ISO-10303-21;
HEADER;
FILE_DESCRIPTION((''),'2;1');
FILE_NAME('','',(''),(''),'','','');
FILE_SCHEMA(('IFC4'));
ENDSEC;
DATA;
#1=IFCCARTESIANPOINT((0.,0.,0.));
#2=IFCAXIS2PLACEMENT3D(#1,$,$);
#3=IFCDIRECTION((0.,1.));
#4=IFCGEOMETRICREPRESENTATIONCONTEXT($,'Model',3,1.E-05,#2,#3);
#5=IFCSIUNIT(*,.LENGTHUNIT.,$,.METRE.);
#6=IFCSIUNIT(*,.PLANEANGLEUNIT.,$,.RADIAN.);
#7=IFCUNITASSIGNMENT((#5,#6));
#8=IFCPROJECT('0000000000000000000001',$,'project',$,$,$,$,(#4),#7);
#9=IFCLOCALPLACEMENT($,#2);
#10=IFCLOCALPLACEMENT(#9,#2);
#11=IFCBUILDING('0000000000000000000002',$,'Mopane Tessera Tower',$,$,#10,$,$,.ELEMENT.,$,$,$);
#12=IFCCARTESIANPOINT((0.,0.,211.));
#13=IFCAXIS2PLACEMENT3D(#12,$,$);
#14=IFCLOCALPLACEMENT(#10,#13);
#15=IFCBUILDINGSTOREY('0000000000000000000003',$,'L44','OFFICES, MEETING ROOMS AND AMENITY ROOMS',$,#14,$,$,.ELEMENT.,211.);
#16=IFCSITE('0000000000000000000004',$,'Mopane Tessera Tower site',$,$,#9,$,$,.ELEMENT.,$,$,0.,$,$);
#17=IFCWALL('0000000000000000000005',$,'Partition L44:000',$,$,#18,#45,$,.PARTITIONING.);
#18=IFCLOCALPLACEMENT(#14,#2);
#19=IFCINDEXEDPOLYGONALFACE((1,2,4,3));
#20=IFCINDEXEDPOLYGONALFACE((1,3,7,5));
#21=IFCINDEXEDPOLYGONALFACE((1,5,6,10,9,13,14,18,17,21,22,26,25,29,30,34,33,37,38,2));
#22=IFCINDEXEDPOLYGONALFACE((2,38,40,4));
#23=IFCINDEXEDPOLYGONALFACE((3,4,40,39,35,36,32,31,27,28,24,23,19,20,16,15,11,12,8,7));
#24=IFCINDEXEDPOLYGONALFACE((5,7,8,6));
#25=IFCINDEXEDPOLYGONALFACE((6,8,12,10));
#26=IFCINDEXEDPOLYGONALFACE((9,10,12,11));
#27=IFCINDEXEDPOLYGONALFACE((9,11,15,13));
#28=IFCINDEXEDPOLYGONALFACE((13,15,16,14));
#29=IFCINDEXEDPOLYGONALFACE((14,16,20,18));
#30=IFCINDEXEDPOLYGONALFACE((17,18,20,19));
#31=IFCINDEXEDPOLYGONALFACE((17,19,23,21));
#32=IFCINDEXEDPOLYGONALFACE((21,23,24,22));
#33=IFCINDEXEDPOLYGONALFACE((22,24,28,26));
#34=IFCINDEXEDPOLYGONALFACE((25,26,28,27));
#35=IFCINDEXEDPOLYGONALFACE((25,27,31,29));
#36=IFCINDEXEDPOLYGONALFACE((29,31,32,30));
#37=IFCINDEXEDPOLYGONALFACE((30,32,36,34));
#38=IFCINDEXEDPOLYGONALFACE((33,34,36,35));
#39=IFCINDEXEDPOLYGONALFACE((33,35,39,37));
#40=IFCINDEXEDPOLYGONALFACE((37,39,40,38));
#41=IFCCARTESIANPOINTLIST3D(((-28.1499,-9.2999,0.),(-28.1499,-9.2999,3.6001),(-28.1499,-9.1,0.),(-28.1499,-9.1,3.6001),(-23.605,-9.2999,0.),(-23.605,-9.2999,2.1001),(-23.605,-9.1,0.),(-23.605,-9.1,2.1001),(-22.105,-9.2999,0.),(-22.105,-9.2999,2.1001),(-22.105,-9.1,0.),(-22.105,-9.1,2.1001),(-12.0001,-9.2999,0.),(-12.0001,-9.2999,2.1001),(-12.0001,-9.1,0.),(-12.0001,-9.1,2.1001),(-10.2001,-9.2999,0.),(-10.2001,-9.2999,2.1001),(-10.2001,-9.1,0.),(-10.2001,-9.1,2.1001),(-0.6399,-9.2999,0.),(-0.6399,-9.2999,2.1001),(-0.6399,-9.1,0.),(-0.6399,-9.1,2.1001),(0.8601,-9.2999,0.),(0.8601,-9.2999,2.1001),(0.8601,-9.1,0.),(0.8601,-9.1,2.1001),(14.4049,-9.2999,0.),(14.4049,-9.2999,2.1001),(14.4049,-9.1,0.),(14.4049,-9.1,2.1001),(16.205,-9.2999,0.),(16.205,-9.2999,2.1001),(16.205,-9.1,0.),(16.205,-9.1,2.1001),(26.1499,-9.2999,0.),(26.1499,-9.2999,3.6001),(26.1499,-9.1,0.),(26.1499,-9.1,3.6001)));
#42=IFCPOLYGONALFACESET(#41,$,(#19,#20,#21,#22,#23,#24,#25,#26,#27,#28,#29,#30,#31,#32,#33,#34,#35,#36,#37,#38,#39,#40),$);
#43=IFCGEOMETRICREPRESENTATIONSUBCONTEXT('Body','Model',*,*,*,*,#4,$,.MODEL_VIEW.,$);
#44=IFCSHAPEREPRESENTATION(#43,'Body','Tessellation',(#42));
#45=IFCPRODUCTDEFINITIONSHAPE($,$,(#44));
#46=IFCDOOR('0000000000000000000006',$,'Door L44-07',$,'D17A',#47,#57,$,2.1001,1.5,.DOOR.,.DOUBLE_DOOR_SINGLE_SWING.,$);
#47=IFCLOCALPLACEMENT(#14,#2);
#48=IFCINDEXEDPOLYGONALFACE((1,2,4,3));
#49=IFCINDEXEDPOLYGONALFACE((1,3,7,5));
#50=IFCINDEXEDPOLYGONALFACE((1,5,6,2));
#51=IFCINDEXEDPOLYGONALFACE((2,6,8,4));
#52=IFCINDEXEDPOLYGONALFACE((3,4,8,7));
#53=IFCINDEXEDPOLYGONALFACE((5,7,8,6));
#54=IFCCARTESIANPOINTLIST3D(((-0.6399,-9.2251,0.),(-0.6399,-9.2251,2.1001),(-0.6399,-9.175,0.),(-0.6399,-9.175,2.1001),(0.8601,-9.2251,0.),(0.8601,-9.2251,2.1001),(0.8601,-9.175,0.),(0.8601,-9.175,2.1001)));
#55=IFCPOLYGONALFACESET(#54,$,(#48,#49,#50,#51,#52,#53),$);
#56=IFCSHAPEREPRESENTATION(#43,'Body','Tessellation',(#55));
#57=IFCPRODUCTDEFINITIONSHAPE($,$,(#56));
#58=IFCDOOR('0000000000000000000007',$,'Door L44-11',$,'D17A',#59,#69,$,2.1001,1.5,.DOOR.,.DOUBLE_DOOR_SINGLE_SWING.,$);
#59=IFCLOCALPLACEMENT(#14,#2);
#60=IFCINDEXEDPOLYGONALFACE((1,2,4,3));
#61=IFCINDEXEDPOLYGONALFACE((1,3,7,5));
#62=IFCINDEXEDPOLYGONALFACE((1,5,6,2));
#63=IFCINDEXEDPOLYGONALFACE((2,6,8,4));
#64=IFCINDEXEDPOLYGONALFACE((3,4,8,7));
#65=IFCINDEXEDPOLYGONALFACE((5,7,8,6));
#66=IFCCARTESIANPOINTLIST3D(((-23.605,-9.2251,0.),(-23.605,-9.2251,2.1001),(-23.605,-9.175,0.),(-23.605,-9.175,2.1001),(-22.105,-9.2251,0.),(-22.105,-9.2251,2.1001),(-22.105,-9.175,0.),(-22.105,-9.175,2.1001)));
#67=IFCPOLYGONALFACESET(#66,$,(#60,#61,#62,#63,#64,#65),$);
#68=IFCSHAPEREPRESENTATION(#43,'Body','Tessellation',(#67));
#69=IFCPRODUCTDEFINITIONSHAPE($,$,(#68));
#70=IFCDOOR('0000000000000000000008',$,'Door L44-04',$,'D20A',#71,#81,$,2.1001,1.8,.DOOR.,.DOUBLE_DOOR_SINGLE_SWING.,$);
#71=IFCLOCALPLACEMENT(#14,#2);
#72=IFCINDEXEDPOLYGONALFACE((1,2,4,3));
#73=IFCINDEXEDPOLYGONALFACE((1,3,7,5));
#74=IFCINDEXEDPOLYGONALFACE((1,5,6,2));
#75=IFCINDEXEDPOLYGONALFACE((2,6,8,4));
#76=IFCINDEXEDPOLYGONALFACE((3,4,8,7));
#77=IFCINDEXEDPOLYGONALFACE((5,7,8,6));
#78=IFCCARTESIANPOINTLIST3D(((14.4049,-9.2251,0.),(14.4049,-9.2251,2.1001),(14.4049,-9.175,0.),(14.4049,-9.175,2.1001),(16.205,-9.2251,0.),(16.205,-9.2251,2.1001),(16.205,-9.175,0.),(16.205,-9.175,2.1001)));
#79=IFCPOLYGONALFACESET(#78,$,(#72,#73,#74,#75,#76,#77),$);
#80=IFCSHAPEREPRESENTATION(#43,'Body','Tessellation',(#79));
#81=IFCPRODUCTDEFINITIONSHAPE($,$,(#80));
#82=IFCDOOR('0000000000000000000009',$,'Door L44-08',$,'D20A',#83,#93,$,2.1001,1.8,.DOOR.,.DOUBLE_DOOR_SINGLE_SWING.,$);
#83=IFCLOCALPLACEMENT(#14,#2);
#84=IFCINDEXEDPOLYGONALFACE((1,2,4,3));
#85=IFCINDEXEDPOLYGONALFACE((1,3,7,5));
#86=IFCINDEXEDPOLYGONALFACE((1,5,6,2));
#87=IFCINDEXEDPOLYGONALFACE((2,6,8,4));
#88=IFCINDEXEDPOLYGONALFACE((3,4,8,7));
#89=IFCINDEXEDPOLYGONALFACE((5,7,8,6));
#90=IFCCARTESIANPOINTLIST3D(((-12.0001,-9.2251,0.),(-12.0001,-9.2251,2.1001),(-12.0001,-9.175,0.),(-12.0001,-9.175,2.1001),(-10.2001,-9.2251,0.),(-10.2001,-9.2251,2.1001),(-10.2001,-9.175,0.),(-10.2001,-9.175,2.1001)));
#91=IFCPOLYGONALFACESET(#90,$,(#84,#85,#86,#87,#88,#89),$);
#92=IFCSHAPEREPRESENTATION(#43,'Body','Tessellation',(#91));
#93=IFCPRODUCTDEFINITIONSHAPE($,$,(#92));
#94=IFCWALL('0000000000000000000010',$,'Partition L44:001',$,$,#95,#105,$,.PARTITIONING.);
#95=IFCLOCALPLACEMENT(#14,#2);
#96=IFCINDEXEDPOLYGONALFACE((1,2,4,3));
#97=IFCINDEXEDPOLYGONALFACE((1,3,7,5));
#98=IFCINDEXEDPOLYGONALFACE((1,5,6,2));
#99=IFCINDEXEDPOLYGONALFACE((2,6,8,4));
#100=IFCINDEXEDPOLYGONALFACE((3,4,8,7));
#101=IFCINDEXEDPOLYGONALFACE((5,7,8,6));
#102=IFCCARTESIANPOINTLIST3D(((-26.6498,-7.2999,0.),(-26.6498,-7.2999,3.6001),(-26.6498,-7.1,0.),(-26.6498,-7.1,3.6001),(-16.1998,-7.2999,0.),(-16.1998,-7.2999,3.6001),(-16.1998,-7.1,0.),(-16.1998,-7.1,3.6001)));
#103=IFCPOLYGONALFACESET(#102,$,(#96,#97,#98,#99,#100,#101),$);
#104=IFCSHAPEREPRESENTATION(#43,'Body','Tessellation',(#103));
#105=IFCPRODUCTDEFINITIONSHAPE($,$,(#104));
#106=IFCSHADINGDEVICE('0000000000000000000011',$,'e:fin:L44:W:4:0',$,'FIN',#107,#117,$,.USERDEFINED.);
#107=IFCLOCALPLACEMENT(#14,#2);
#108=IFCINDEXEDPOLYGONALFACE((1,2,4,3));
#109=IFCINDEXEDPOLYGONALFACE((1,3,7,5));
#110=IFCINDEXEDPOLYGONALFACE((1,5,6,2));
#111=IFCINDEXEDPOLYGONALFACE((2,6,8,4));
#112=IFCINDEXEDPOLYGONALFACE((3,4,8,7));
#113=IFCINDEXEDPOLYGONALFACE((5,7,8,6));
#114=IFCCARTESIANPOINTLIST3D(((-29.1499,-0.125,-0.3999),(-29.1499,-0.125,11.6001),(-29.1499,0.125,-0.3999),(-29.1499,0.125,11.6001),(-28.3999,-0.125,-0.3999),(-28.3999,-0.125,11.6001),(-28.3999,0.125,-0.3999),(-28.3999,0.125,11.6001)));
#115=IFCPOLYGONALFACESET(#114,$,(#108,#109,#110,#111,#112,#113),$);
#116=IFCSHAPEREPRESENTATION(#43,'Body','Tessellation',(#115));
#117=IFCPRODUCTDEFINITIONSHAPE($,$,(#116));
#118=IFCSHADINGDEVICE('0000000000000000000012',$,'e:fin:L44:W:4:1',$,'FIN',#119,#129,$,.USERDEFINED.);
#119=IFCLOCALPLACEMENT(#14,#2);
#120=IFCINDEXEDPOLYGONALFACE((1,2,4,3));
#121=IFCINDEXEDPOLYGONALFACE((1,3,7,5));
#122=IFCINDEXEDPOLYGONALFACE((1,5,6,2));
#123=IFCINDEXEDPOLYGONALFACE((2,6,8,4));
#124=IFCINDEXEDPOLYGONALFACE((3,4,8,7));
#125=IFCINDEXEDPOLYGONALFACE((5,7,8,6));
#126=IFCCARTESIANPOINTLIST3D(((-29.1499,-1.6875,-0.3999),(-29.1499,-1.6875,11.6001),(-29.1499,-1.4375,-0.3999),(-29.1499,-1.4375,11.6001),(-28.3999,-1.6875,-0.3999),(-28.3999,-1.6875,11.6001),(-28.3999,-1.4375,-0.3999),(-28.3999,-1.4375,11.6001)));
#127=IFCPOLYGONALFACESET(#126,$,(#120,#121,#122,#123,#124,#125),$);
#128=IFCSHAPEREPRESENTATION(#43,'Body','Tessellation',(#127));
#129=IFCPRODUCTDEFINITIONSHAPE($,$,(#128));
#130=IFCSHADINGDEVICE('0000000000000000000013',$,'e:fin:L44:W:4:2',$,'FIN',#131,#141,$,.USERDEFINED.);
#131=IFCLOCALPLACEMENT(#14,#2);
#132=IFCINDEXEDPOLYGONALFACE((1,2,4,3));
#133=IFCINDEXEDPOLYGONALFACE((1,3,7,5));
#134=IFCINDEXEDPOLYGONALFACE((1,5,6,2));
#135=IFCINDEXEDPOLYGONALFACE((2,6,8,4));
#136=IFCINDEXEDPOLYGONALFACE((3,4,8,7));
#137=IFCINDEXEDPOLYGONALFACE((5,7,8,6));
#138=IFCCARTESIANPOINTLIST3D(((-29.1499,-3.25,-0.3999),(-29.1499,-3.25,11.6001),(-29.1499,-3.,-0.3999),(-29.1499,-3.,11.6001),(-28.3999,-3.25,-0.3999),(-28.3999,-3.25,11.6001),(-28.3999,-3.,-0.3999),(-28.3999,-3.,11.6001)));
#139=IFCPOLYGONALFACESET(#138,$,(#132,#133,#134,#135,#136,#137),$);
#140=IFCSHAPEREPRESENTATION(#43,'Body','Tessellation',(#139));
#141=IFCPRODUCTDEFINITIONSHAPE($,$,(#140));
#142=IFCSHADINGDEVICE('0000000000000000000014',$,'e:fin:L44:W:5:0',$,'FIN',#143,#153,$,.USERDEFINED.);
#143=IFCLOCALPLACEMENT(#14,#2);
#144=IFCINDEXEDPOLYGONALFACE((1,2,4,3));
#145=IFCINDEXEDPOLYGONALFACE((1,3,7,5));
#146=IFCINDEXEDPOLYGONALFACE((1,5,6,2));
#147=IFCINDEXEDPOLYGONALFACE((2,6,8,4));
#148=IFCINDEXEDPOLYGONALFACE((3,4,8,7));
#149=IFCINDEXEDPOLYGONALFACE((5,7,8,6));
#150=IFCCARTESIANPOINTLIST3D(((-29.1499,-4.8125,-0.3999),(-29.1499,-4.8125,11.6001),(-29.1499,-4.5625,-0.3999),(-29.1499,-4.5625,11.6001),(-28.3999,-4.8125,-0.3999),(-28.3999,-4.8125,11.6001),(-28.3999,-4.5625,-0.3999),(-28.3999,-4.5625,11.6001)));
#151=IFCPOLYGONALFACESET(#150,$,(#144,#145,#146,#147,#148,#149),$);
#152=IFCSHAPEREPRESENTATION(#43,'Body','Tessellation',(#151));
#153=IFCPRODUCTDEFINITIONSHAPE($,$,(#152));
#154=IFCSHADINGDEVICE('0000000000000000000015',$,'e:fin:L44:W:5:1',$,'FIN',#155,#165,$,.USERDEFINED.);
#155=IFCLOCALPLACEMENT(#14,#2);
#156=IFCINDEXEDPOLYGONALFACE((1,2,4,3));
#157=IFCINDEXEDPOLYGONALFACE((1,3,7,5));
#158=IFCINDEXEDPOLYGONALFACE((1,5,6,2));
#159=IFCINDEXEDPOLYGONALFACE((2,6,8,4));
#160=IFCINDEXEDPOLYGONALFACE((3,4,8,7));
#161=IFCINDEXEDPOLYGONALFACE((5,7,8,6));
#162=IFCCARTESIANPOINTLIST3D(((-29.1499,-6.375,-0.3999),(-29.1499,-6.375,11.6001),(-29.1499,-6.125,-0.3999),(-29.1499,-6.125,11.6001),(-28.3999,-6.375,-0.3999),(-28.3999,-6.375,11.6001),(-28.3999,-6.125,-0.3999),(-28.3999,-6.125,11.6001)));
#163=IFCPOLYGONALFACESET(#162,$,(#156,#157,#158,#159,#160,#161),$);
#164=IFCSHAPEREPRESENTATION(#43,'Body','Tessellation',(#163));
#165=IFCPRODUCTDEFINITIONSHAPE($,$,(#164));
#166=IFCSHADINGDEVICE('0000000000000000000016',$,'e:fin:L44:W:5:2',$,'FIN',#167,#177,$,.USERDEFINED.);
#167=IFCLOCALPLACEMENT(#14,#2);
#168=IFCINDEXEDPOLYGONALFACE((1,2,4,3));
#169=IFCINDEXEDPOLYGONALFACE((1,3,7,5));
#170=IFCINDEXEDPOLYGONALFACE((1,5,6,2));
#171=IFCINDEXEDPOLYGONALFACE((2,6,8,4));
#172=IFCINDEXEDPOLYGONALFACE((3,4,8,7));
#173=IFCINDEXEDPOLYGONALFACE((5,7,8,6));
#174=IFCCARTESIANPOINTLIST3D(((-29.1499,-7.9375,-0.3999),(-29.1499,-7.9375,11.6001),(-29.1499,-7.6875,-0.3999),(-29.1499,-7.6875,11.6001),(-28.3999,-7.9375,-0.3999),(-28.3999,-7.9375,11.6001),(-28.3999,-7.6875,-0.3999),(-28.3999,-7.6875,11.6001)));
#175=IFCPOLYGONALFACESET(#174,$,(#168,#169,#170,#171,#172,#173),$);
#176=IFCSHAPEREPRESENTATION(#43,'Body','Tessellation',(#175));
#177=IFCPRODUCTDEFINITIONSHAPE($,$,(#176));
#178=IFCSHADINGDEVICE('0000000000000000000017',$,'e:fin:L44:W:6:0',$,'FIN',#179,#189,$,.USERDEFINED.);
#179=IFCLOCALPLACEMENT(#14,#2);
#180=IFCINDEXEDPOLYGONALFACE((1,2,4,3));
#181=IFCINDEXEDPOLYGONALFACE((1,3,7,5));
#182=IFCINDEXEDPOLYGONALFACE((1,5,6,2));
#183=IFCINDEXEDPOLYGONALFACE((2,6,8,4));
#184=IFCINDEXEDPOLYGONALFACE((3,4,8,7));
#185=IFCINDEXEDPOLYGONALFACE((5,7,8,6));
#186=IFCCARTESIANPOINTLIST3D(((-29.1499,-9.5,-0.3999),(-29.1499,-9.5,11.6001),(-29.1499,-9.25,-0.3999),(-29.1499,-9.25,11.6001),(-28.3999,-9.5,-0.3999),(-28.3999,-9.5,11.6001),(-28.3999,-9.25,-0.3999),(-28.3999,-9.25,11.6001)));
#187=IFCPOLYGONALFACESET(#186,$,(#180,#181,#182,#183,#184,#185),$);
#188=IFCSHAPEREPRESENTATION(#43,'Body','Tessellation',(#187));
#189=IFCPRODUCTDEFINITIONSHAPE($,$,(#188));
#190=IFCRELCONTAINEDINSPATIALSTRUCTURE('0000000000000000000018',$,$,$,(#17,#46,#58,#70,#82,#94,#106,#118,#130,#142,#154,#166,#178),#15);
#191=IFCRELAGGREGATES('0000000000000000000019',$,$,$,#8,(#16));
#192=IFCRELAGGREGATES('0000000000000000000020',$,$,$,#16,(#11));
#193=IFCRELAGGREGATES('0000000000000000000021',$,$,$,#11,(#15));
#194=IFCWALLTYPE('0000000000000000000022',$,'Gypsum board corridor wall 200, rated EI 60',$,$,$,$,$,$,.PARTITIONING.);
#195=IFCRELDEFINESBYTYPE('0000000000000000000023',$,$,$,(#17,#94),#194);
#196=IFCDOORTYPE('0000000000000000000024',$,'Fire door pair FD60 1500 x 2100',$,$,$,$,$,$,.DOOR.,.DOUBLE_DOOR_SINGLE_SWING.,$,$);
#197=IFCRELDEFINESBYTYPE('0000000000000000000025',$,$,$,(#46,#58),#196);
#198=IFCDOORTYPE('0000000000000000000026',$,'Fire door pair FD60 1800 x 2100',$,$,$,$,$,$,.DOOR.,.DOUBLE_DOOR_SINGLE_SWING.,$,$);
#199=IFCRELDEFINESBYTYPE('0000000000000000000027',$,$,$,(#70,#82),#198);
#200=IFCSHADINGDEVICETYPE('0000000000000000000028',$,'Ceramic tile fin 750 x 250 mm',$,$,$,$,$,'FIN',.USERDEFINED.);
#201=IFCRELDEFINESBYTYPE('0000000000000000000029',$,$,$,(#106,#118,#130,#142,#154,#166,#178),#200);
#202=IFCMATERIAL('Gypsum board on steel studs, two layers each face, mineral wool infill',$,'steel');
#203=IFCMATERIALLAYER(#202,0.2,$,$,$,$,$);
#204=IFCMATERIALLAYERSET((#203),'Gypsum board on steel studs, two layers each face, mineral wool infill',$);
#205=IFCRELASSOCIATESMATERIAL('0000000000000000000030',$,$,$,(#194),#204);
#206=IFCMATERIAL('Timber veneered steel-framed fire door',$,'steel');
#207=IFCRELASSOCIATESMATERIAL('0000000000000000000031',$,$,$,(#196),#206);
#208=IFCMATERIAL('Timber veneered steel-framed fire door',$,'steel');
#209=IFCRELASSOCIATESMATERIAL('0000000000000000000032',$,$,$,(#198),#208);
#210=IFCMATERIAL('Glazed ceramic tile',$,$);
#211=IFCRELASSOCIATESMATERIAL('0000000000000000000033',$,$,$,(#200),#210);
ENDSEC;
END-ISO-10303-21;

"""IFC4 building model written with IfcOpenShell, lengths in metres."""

from ifc_helpers import new_model, si_unit, direction, frame, frame_2d, origin, origin_2d, place, context, subcontext, project, spatial, rectangle, extrude, material, layer, layer_set, type_object, element, fill, save


model = new_model("IFC4")

# Units and contexts
model_context = context("Model", 3, precision=1e-05, world=origin(), true_north=direction((0.0, 1.0)))
body_context = subcontext(model_context, "Body", "Model", "MODEL_VIEW")
ifc_project = project(units=[si_unit("LENGTHUNIT", "METRE"), si_unit("PLANEANGLEUNIT", "RADIAN")], contexts=[model_context])

# Site, building, storey
site_placement = place(None, origin())
site = spatial("IfcSite", under=ifc_project, at=site_placement, Name="Mopane Tessera Tower site", CompositionType="ELEMENT", RefElevation=0.0)
building_placement = place(site_placement, origin())
building = spatial("IfcBuilding", under=site, at=building_placement, Name="Mopane Tessera Tower", CompositionType="ELEMENT")
storey_placement = place(building_placement, frame((0.0, 0.0, 211.0)))
storey = spatial("IfcBuildingStorey", under=building, at=storey_placement, Name="L44", Description="OFFICES, MEETING ROOMS AND AMENITY ROOMS", CompositionType="ELEMENT", Elevation=211.0)

# Wall, openings, doors
ifc_material_1 = material(Name="Gypsum board on steel studs, two layers each face, mineral wool infill", Category="steel")
ifc_layer_1 = layer(ifc_material_1, 0.2)
ifc_layer_set_1 = layer_set([ifc_layer_1], Name="Gypsum board on steel studs, two layers each face, mineral wool infill")
wall_type = type_object("IfcWallType", Name="Gypsum board corridor wall 200, rated EI 60", PredefinedType="PARTITIONING", material=ifc_layer_set_1)
wall_1_placement = place(storey_placement, frame((-28.1499, -9.2, 0.0), z_axis=(0.0, 0.0, 1.0), x_axis=(1.0, 0.0, 0.0)))
wall_1 = element("IfcWall", 1, at=wall_1_placement, inside=storey, type_object=wall_type, Name="Partition L44:000", PredefinedType="PARTITIONING", context=body_context, shape_type="SweptSolid", body=[
    extrude(rectangle(XDim=54.2998, YDim=0.2, at=frame_2d((27.1499, 0.0))), origin(), (0.0, 0.0, 1.0), 3.6001),
])
opening_1_placement = place(wall_1_placement, frame((42.5549, 0.0, 0.0)))
opening_1 = element("IfcOpeningElement", 2, at=opening_1_placement, cuts=wall_1, PredefinedType="OPENING", context=body_context, shape_type="SweptSolid", body=[
    extrude(rectangle(XDim=1.8, YDim=2.1001, at=frame_2d((0.8999, 1.05))), frame((0.0, 0.1121, 0.0), z_axis=(0.0, -1.0, 0.0), x_axis=(1.0, 0.0, 0.0)), (0.0, 0.0, 1.0), 0.2239),
])
opening_2_placement = place(wall_1_placement, frame((27.51, 0.0, 0.0)))
opening_2 = element("IfcOpeningElement", 3, at=opening_2_placement, cuts=wall_1, PredefinedType="OPENING", context=body_context, shape_type="SweptSolid", body=[
    extrude(rectangle(XDim=1.5, YDim=2.1001, at=frame_2d((0.75, 1.05))), frame((0.0, 0.1121, 0.0), z_axis=(0.0, -1.0, 0.0), x_axis=(1.0, 0.0, 0.0)), (0.0, 0.0, 1.0), 0.2239),
])
opening_3_placement = place(wall_1_placement, frame((16.1499, 0.0, 0.0)))
opening_3 = element("IfcOpeningElement", 4, at=opening_3_placement, cuts=wall_1, PredefinedType="OPENING", context=body_context, shape_type="SweptSolid", body=[
    extrude(rectangle(XDim=1.8, YDim=2.1001, at=frame_2d((0.8999, 1.05))), frame((0.0, 0.1121, 0.0), z_axis=(0.0, -1.0, 0.0), x_axis=(1.0, 0.0, 0.0)), (0.0, 0.0, 1.0), 0.2239),
])
opening_4_placement = place(wall_1_placement, frame((4.5449, 0.0, 0.0)))
opening_4 = element("IfcOpeningElement", 5, at=opening_4_placement, cuts=wall_1, PredefinedType="OPENING", context=body_context, shape_type="SweptSolid", body=[
    extrude(rectangle(XDim=1.5, YDim=2.1001, at=frame_2d((0.75, 1.05))), frame((0.0, 0.1121, 0.0), z_axis=(0.0, -1.0, 0.0), x_axis=(1.0, 0.0, 0.0)), (0.0, 0.0, 1.0), 0.2239),
])
ifc_material_2 = material(Name="Timber veneered steel-framed fire door", Category="steel")
door_type_1 = type_object("IfcDoorType", Name="Fire door pair FD60 1500 x 2100", OperationType="DOUBLE_DOOR_SINGLE_SWING", PredefinedType="DOOR", material=ifc_material_2)
door_1_placement = place(opening_2_placement, origin())
door_1 = element("IfcDoor", 6, at=door_1_placement, inside=storey, type_object=door_type_1, Name="Door L44-07", ObjectType="D17A", OperationType="DOUBLE_DOOR_SINGLE_SWING", OverallHeight=2.1001, OverallWidth=1.5, PredefinedType="DOOR", context=body_context, shape_type="SweptSolid", body=[
    extrude(rectangle(XDim=1.5, YDim=2.1001, at=frame_2d((0.75, 1.05))), frame((0.0, 0.0249, 0.0), z_axis=(0.0, -1.0, 0.0), x_axis=(1.0, 0.0, 0.0)), (0.0, 0.0, 1.0), 0.05),
])
fill(opening_2, door_1)
door_2_placement = place(opening_4_placement, origin())
door_2 = element("IfcDoor", 7, at=door_2_placement, inside=storey, type_object=door_type_1, Name="Door L44-11", ObjectType="D17A", OperationType="DOUBLE_DOOR_SINGLE_SWING", OverallHeight=2.1001, OverallWidth=1.5, PredefinedType="DOOR", context=body_context, shape_type="SweptSolid", body=[
    extrude(rectangle(XDim=1.5, YDim=2.1001, at=frame_2d((0.75, 1.05))), frame((0.0, 0.0249, 0.0), z_axis=(0.0, -1.0, 0.0), x_axis=(1.0, 0.0, 0.0)), (0.0, 0.0, 1.0), 0.05),
])
fill(opening_4, door_2)
ifc_material_3 = material(Name="Timber veneered steel-framed fire door", Category="steel")
door_type_2 = type_object("IfcDoorType", Name="Fire door pair FD60 1800 x 2100", OperationType="DOUBLE_DOOR_SINGLE_SWING", PredefinedType="DOOR", material=ifc_material_3)
door_3_placement = place(opening_1_placement, origin())
door_3 = element("IfcDoor", 8, at=door_3_placement, inside=storey, type_object=door_type_2, Name="Door L44-04", ObjectType="D20A", OperationType="DOUBLE_DOOR_SINGLE_SWING", OverallHeight=2.1001, OverallWidth=1.8, PredefinedType="DOOR", context=body_context, shape_type="SweptSolid", body=[
    extrude(rectangle(XDim=1.8, YDim=2.1001, at=frame_2d((0.8999, 1.05))), frame((0.0, 0.0249, 0.0), z_axis=(0.0, -1.0, 0.0), x_axis=(1.0, 0.0, 0.0)), (0.0, 0.0, 1.0), 0.05),
])
fill(opening_1, door_3)
door_4_placement = place(opening_3_placement, origin())
door_4 = element("IfcDoor", 9, at=door_4_placement, inside=storey, type_object=door_type_2, Name="Door L44-08", ObjectType="D20A", OperationType="DOUBLE_DOOR_SINGLE_SWING", OverallHeight=2.1001, OverallWidth=1.8, PredefinedType="DOOR", context=body_context, shape_type="SweptSolid", body=[
    extrude(rectangle(XDim=1.8, YDim=2.1001, at=frame_2d((0.8999, 1.05))), frame((0.0, 0.0249, 0.0), z_axis=(0.0, -1.0, 0.0), x_axis=(1.0, 0.0, 0.0)), (0.0, 0.0, 1.0), 0.05),
])
fill(opening_3, door_4)

# Wall
wall_2_placement = place(storey_placement, frame((-26.6499, -7.2, 0.0), z_axis=(0.0, 0.0, 1.0), x_axis=(1.0, 0.0, 0.0)))
element("IfcWall", 10, at=wall_2_placement, inside=storey, type_object=wall_type, Name="Partition L44:001", PredefinedType="PARTITIONING", context=body_context, shape_type="SweptSolid", body=[
    extrude(rectangle(XDim=10.45, YDim=0.2, at=frame_2d((5.2251, 0.0))), origin(), (0.0, 0.0, 1.0), 3.6001),
])

# Shading devices
ifc_material_4 = material(Name="Glazed ceramic tile")
shading_device_type = type_object("IfcShadingDeviceType", Name="Ceramic tile fin 750 x 250 mm", ElementType="FIN", PredefinedType="USERDEFINED", material=ifc_material_4)
for number, where, z_axis, x_axis, name in (
    (11, (-28.7749, 0.0, -0.3999), (0.0, 0.0, 1.0), (0.0, -1.0, 0.0), "e:fin:L44:W:4:0"),
    (12, (-28.7749, -1.5625, -0.3999), (0.0, 0.0, 1.0), (0.0, -1.0, 0.0), "e:fin:L44:W:4:1"),
    (13, (-28.7749, -3.125, -0.3999), (0.0, 0.0, 1.0), (0.0, -1.0, 0.0), "e:fin:L44:W:4:2"),
    (14, (-28.7749, -4.6875, -0.3999), (0.0, 0.0, 1.0), (0.0, -1.0, 0.0), "e:fin:L44:W:5:0"),
    (15, (-28.7749, -6.25, -0.3999), (0.0, 0.0, 1.0), (0.0, -1.0, 0.0), "e:fin:L44:W:5:1"),
    (16, (-28.7749, -7.8125, -0.3999), (0.0, 0.0, 1.0), (0.0, -1.0, 0.0), "e:fin:L44:W:5:2"),
    (17, (-28.7749, -9.375, -0.3999), (0.0, 0.0, 1.0), (0.0, -1.0, 0.0), "e:fin:L44:W:6:0"),
):
    element("IfcShadingDevice", number, at=place(storey_placement, frame(where, z_axis=z_axis, x_axis=x_axis)), inside=storey, type_object=shading_device_type, Name=name, ObjectType="FIN", PredefinedType="USERDEFINED", context=body_context, shape_type="SweptSolid", body=[
        extrude(rectangle(XDim=0.25, YDim=0.75, at=origin_2d()), origin(), (0.0, 0.0, 1.0), 12.0),
    ])

save(model, "model.ifc")
